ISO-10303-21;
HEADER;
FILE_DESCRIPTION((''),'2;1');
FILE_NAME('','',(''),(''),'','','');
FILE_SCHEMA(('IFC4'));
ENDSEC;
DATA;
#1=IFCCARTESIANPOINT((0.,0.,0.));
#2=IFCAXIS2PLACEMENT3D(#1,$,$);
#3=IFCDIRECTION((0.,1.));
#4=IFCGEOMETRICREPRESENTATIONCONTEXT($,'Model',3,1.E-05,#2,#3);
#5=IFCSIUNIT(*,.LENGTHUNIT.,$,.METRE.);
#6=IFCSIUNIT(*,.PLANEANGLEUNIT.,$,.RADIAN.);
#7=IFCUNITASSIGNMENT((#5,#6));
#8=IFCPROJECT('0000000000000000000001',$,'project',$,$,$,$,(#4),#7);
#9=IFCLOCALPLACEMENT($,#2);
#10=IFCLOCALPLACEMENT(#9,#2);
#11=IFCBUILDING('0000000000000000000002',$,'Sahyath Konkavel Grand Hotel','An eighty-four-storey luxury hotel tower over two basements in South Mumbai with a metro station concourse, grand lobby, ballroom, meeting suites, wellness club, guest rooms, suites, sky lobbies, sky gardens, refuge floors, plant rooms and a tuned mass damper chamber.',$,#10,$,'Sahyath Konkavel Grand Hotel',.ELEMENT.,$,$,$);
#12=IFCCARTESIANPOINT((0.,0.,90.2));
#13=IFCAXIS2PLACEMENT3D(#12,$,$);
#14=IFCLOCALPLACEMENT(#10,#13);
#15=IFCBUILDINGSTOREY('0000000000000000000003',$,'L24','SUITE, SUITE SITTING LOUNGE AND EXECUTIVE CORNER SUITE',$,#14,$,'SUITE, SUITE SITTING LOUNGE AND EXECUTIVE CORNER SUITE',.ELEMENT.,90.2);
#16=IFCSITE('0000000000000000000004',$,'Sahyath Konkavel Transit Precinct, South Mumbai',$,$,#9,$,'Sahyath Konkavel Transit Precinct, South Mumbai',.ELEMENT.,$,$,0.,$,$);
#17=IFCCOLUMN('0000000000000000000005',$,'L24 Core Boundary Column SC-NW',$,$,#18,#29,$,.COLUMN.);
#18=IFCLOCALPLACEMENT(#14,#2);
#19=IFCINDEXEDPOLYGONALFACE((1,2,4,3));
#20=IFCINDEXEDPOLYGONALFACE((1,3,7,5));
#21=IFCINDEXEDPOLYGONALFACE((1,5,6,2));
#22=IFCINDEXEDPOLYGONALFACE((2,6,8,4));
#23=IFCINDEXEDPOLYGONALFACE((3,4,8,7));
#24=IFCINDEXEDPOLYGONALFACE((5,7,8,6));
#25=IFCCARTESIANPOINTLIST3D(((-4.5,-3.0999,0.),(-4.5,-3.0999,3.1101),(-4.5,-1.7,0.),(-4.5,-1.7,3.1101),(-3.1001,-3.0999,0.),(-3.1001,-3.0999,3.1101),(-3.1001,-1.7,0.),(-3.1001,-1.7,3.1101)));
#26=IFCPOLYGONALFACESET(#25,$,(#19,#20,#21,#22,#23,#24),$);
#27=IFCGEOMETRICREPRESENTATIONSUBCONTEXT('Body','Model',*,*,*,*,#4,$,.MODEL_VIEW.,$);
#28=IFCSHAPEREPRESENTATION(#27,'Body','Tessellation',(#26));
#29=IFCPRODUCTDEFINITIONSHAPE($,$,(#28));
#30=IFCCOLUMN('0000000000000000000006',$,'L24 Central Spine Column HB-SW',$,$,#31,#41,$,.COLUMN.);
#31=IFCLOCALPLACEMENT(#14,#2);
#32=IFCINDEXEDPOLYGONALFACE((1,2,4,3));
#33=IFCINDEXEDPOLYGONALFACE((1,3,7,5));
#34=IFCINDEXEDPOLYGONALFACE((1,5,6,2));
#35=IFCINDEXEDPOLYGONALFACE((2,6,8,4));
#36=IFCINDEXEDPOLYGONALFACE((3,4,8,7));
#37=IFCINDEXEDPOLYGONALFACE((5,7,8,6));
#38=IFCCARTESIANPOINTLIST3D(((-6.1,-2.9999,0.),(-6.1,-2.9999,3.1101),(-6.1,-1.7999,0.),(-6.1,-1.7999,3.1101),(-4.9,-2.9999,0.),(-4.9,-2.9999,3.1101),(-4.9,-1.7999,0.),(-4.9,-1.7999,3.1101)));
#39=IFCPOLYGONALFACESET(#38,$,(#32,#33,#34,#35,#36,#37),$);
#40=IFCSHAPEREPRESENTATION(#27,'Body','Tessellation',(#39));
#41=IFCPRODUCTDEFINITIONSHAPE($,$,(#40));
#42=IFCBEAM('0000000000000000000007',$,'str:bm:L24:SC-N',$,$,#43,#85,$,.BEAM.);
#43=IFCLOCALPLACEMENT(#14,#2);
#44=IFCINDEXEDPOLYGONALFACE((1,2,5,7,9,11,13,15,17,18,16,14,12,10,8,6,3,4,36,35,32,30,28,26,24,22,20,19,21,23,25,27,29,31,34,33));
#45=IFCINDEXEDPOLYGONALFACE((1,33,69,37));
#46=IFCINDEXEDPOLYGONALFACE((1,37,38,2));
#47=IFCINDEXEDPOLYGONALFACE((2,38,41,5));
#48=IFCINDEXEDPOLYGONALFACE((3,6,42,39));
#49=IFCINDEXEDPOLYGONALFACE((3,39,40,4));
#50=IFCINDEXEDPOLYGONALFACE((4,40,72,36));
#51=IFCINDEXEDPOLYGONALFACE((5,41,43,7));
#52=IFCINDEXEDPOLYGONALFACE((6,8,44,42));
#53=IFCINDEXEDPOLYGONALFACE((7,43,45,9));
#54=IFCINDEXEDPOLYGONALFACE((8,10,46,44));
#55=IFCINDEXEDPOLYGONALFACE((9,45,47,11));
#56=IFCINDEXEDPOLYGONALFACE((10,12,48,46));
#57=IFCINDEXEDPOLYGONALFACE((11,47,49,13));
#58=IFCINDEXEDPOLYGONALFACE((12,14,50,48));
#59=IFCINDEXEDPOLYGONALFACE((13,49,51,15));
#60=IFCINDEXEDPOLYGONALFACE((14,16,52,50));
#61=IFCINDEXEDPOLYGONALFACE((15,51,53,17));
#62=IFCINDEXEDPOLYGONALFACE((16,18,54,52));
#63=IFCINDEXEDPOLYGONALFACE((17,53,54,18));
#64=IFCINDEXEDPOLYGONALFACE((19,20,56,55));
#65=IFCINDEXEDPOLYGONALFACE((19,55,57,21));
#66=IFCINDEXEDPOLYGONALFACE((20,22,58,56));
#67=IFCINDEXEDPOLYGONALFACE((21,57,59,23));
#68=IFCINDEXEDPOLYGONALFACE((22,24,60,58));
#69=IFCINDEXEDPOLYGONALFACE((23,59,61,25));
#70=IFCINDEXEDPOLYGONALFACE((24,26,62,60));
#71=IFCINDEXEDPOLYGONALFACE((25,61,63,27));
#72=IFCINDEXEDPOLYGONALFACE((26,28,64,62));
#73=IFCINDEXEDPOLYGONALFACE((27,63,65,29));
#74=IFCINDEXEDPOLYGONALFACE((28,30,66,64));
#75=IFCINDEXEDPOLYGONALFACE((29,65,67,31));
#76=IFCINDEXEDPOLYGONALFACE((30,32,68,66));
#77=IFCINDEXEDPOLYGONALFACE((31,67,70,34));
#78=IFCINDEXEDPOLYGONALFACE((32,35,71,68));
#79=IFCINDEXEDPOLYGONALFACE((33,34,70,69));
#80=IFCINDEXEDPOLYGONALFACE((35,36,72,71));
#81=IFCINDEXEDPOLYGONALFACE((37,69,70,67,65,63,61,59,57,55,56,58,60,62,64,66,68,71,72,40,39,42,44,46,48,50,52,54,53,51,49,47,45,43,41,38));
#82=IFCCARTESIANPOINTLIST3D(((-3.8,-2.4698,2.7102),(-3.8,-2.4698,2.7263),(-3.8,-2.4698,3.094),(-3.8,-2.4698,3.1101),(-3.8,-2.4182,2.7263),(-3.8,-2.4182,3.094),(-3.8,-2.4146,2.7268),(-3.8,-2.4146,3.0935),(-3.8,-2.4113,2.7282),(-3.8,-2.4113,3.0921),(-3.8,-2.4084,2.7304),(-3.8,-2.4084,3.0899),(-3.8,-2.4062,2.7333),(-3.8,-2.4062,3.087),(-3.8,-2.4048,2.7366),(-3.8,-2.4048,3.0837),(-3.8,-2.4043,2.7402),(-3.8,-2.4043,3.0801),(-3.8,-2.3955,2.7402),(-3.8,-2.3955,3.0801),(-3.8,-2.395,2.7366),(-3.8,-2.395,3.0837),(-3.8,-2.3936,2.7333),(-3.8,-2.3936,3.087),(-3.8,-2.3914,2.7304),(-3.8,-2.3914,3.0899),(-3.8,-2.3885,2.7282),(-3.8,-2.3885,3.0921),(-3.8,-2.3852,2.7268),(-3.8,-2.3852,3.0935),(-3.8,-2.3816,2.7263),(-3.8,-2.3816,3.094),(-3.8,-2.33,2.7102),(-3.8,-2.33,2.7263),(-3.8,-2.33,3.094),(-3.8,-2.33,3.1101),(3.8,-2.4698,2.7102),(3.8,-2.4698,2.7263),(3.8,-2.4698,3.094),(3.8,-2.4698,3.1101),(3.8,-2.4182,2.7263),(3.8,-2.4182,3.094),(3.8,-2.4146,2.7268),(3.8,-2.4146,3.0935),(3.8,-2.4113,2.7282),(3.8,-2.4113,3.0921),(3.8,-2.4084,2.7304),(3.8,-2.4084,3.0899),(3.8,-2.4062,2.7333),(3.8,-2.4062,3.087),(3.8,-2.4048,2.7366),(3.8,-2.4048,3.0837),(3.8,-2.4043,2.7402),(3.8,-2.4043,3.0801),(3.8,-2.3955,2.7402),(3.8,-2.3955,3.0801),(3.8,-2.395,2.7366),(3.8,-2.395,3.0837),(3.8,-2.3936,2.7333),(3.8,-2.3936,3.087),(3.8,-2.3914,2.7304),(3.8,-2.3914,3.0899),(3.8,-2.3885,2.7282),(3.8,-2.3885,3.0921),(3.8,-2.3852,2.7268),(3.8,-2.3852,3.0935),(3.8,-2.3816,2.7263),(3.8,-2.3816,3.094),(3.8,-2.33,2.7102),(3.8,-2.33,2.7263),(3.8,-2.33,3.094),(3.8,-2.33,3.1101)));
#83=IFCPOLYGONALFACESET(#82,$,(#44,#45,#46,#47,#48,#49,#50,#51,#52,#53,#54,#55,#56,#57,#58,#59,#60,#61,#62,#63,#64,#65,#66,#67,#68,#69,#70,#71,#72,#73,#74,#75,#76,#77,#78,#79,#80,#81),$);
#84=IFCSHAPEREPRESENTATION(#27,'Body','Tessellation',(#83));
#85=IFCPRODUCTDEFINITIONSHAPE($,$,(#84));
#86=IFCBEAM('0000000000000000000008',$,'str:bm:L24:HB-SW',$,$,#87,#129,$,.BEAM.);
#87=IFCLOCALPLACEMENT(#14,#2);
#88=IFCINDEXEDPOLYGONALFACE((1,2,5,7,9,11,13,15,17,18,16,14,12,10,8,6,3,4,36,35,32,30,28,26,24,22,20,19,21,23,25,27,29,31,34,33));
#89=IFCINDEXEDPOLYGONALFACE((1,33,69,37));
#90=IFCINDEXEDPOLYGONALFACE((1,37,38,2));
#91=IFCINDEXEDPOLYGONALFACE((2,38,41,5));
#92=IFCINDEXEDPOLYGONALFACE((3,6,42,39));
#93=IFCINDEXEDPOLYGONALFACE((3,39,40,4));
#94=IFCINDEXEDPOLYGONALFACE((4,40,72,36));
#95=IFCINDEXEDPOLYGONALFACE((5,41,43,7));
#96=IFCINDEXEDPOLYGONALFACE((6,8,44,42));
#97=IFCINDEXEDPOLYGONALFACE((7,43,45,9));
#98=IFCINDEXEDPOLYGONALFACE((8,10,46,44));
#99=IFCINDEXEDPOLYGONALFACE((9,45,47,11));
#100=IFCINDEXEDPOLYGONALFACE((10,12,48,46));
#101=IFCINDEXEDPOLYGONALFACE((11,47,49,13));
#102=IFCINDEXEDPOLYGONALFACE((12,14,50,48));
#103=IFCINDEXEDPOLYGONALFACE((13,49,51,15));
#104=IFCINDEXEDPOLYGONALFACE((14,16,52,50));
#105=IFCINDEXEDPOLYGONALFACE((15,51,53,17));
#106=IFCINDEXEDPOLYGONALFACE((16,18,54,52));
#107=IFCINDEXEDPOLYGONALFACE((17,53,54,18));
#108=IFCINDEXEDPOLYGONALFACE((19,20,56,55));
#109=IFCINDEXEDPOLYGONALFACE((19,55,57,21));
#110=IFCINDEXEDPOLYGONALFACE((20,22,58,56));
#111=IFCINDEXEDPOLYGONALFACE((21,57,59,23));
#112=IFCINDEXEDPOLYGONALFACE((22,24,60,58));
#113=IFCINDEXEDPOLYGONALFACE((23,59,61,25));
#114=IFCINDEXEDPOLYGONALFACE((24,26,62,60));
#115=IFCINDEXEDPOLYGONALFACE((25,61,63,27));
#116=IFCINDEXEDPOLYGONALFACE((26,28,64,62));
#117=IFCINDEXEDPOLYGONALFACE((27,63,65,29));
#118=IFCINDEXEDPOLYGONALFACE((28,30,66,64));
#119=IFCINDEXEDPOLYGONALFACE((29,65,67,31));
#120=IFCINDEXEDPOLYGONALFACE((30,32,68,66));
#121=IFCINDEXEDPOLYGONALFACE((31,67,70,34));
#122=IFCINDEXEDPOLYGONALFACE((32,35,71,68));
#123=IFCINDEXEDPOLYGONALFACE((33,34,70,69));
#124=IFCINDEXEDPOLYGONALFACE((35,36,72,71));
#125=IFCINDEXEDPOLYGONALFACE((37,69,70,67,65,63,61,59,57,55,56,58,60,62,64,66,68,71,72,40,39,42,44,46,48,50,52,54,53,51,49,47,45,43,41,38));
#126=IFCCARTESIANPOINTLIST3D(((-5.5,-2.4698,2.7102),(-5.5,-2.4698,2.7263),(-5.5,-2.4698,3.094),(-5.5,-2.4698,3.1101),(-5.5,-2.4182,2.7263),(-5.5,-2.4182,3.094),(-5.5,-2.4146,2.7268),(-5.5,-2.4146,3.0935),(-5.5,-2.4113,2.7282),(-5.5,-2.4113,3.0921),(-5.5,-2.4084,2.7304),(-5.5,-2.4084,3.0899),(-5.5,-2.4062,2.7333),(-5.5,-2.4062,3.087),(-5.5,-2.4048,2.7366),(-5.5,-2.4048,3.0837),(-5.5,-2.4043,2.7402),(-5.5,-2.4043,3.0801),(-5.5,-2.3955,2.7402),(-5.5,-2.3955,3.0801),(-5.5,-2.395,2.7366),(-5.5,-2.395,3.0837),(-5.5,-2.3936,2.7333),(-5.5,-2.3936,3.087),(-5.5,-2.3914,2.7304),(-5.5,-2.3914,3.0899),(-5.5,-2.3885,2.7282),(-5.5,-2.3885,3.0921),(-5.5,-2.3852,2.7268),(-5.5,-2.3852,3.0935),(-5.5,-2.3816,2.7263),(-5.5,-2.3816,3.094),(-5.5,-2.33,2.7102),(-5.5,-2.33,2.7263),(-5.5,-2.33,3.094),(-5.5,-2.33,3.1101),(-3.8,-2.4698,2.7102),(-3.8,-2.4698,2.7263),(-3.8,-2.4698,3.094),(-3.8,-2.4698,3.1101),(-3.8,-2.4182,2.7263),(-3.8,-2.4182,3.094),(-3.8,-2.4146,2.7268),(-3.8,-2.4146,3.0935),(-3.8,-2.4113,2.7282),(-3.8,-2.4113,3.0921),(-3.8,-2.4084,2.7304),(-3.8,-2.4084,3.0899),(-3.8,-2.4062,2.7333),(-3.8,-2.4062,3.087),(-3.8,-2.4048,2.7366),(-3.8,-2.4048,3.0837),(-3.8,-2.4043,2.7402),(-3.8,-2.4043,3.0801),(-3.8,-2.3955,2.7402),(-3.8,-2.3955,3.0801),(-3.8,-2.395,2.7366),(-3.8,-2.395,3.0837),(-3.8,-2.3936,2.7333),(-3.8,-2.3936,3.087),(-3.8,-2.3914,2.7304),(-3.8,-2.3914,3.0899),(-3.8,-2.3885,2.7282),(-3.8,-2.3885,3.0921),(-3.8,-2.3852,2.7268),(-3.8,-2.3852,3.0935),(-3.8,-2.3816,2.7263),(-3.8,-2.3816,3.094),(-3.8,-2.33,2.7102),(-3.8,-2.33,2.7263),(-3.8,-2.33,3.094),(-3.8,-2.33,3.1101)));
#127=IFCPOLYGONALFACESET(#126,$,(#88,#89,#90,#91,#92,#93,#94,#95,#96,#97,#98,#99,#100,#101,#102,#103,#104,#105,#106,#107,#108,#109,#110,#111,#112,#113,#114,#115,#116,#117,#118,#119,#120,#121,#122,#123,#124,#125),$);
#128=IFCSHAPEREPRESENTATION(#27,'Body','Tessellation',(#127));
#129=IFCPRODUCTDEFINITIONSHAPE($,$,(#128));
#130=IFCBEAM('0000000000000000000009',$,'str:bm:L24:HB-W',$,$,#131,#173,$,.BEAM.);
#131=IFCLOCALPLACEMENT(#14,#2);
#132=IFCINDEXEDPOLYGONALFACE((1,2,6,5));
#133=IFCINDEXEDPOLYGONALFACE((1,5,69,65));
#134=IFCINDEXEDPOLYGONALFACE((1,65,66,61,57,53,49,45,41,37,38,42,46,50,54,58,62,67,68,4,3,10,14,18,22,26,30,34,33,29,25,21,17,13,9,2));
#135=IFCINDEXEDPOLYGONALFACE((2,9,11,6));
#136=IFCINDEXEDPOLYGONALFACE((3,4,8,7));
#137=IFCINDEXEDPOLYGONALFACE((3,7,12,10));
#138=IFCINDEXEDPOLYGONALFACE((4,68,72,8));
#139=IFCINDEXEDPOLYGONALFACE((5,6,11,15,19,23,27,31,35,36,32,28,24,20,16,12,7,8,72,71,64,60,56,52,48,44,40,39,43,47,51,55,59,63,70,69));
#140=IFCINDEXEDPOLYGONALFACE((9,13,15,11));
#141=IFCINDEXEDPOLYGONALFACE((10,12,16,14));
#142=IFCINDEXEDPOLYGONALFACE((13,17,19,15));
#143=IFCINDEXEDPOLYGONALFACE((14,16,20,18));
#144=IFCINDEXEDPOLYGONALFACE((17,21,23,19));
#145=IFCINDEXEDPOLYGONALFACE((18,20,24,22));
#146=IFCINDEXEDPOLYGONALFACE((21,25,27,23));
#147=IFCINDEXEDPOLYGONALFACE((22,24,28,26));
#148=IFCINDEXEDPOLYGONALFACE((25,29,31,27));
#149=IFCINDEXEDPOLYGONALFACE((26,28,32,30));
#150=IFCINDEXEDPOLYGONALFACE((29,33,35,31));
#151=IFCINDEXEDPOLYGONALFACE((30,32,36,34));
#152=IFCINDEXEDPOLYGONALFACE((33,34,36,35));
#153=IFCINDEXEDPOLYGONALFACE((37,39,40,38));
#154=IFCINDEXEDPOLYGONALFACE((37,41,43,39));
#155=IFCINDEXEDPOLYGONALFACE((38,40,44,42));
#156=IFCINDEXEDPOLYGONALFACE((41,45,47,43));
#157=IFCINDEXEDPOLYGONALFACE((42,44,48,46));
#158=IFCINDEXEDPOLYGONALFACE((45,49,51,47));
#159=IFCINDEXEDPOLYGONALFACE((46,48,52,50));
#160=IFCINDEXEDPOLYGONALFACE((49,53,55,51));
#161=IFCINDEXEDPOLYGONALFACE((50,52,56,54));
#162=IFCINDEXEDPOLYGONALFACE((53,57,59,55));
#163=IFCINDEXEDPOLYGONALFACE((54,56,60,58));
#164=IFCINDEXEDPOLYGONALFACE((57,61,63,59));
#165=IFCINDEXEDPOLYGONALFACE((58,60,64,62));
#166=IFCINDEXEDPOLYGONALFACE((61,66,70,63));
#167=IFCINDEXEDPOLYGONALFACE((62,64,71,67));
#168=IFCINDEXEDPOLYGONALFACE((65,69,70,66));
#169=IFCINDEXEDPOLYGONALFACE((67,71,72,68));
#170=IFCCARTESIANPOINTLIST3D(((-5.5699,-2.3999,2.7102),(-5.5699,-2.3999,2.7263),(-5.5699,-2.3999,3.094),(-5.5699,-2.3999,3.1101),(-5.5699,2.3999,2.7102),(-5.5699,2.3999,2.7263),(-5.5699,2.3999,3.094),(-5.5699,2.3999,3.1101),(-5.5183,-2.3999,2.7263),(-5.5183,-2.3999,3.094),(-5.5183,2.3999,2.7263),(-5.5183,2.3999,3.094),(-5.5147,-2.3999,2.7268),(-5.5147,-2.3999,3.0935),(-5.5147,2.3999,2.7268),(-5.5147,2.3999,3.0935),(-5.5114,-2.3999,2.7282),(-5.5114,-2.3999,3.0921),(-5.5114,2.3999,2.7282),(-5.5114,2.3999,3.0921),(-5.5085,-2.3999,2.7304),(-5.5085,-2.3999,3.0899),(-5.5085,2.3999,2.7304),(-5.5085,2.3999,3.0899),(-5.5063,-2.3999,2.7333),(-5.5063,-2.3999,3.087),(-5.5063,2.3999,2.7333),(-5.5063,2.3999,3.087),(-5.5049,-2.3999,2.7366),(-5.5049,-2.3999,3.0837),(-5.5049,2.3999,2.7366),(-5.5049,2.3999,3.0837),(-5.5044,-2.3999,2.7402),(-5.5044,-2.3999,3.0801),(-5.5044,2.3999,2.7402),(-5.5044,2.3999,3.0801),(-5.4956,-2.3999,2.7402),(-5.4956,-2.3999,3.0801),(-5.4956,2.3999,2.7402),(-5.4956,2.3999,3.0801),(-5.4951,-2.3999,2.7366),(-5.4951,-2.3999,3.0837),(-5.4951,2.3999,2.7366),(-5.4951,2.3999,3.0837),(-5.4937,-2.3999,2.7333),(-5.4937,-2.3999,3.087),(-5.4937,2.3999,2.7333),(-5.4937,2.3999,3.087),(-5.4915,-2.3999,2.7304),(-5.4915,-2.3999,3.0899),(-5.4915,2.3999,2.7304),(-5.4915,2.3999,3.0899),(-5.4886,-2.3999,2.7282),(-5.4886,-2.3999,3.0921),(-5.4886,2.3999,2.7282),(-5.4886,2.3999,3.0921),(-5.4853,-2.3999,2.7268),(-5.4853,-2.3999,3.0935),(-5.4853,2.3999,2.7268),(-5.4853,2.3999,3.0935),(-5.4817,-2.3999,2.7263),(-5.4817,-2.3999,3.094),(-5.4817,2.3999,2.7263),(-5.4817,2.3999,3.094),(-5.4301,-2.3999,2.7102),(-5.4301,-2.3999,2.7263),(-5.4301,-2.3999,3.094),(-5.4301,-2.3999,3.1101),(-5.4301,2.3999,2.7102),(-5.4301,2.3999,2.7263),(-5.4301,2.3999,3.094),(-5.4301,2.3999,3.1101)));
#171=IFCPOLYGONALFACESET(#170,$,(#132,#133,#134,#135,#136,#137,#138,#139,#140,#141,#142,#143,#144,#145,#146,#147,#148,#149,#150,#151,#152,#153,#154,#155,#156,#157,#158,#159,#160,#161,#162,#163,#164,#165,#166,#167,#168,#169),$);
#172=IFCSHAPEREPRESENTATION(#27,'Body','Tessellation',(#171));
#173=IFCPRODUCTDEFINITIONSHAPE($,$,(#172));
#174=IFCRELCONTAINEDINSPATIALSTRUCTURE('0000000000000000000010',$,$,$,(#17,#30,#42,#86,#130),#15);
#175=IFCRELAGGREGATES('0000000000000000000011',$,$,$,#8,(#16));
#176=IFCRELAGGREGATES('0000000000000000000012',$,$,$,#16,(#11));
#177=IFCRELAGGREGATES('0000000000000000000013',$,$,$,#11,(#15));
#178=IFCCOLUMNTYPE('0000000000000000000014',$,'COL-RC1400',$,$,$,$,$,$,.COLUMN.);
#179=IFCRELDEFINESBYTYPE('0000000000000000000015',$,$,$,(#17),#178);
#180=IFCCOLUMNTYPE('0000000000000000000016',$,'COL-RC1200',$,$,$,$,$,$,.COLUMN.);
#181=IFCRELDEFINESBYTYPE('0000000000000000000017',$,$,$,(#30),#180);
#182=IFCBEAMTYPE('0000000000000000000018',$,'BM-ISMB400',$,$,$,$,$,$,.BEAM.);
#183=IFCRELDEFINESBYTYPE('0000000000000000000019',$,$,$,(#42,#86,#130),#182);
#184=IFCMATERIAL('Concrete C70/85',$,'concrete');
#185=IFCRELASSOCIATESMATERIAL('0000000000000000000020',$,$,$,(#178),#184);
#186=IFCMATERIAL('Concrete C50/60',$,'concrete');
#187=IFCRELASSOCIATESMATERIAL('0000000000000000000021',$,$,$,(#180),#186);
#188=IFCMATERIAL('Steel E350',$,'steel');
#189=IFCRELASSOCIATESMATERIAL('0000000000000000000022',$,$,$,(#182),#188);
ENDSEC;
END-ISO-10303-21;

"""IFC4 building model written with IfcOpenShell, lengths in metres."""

from ifc_helpers import new_model, si_unit, direction, frame, origin, origin_2d, place, context, subcontext, project, spatial, rectangle, i_section, extrude, source, transform, mapped, material, material_profile, profile_set, type_object, element, save


model = new_model("IFC4")

# Units and contexts
model_context = context("Model", 3, precision=1e-05, world=origin(), true_north=direction((0.0, 1.0)))
body_context = subcontext(model_context, "Body", "Model", "MODEL_VIEW")
ifc_project = project(units=[si_unit("LENGTHUNIT", "METRE"), si_unit("PLANEANGLEUNIT", "RADIAN")], contexts=[model_context])

# Site, building, storey
site_placement = place(None, origin())
site = spatial("IfcSite", under=ifc_project, at=site_placement, Name="Sahyath Konkavel Transit Precinct, South Mumbai", LongName="Sahyath Konkavel Transit Precinct, South Mumbai", CompositionType="ELEMENT", RefElevation=0.0)
building_placement = place(site_placement, origin())
building = spatial("IfcBuilding", under=site, at=building_placement, Name="Sahyath Konkavel Grand Hotel", Description="An eighty-four-storey luxury hotel tower over two basements in South Mumbai with a metro station concourse, grand lobby, ballroom, meeting suites, wellness club, guest rooms, suites, sky lobbies, sky gardens, refuge floors, plant rooms and a tuned mass damper chamber.", LongName="Sahyath Konkavel Grand Hotel", CompositionType="ELEMENT")
storey_placement = place(building_placement, frame((0.0, 0.0, 90.2)))
storey = spatial("IfcBuildingStorey", under=building, at=storey_placement, Name="L24", Description="SUITE, SUITE SITTING LOUNGE AND EXECUTIVE CORNER SUITE", LongName="SUITE, SUITE SITTING LOUNGE AND EXECUTIVE CORNER SUITE", CompositionType="ELEMENT", Elevation=90.2)

# Columns
ifc_material_1 = material(Name="Concrete C70/85", Category="concrete")
ifc_material_profile_1 = material_profile(ifc_material_1, rectangle(XDim=1.3999, YDim=1.3999, at=origin_2d()), Name="RC 1400x1400")
ifc_profile_set_1 = profile_set([ifc_material_profile_1], Name="Concrete C70/85")
column_type_1 = type_object("IfcColumnType", Name="COL-RC1400", PredefinedType="COLUMN", material=ifc_profile_set_1)
shared_shape_1 = source(origin(), body_context, "Body", "SweptSolid", [
    extrude(rectangle(XDim=1.3999, YDim=1.3999, at=origin_2d()), origin(), (0.0, 0.0, 1.0), 3.1101),
])
column_1_placement = place(storey_placement, frame((-3.8, -2.3999, 0.0), z_axis=(0.0, 0.0, 1.0), x_axis=(1.0, 0.0, 0.0)))
element("IfcColumn", 1, at=column_1_placement, inside=storey, type_object=column_type_1, Name="L24 Core Boundary Column SC-NW", PredefinedType="COLUMN", context=body_context, shape_type="MappedRepresentation", body=[
    mapped(shared_shape_1, transform((0.0, 0.0, 0.0), scale=1.0)),
])
ifc_material_2 = material(Name="Concrete C50/60", Category="concrete")
ifc_material_profile_2 = material_profile(ifc_material_2, rectangle(XDim=1.2, YDim=1.2, at=origin_2d()), Name="RC 1200x1200")
ifc_profile_set_2 = profile_set([ifc_material_profile_2], Name="Concrete C50/60")
column_type_2 = type_object("IfcColumnType", Name="COL-RC1200", PredefinedType="COLUMN", material=ifc_profile_set_2)
shared_shape_2 = source(origin(), body_context, "Body", "SweptSolid", [
    extrude(rectangle(XDim=1.2, YDim=1.2, at=origin_2d()), origin(), (0.0, 0.0, 1.0), 3.1101),
])
column_2_placement = place(storey_placement, frame((-5.5, -2.3999, 0.0), z_axis=(0.0, 0.0, 1.0), x_axis=(1.0, 0.0, 0.0)))
element("IfcColumn", 2, at=column_2_placement, inside=storey, type_object=column_type_2, Name="L24 Central Spine Column HB-SW", PredefinedType="COLUMN", context=body_context, shape_type="MappedRepresentation", body=[
    mapped(shared_shape_2, transform((0.0, 0.0, 0.0), scale=1.0)),
])

# Beams
ifc_material_3 = material(Name="Steel E350", Category="steel")
ifc_material_profile_3 = material_profile(ifc_material_3, i_section(OverallWidth=0.1399, OverallDepth=0.3999, WebThickness=0.0088, FlangeThickness=0.0161, FilletRadius=0.0139, at=origin_2d()), Name="ISMB 400")
ifc_profile_set_3 = profile_set([ifc_material_profile_3], Name="Steel E350")
beam_type_1 = type_object("IfcBeamType", Name="BM-ISMB400", PredefinedType="BEAM", material=ifc_profile_set_3)
shared_shape_3 = source(origin(), body_context, "Body", "SweptSolid", [
    extrude(i_section(OverallWidth=0.1399, OverallDepth=0.3999, WebThickness=0.0088, FlangeThickness=0.0161, FilletRadius=0.0139, at=origin_2d()), origin(), (0.0, 0.0, 1.0), 7.6001),
])
beam_1_placement = place(storey_placement, frame((-3.8, -2.3999, 2.9102), z_axis=(1.0, 0.0, 0.0), x_axis=(0.0, 1.0, 0.0)))
element("IfcBeam", 3, at=beam_1_placement, inside=storey, type_object=beam_type_1, Name="str:bm:L24:SC-N", PredefinedType="BEAM", context=body_context, shape_type="MappedRepresentation", body=[
    mapped(shared_shape_3, transform((0.0, 0.0, 0.0), scale=1.0)),
])
shared_shape_4 = source(origin(), body_context, "Body", "SweptSolid", [
    extrude(i_section(OverallWidth=0.1399, OverallDepth=0.3999, WebThickness=0.0088, FlangeThickness=0.0161, FilletRadius=0.0139, at=origin_2d()), origin(), (0.0, 0.0, 1.0), 1.7),
])
beam_2_placement = place(storey_placement, frame((-5.5, -2.3999, 2.9102), z_axis=(1.0, 0.0, 0.0), x_axis=(0.0, 1.0, 0.0)))
element("IfcBeam", 4, at=beam_2_placement, inside=storey, type_object=beam_type_1, Name="str:bm:L24:HB-SW", PredefinedType="BEAM", context=body_context, shape_type="MappedRepresentation", body=[
    mapped(shared_shape_4, transform((0.0, 0.0, 0.0), scale=1.0)),
])
shared_shape_5 = source(origin(), body_context, "Body", "SweptSolid", [
    extrude(i_section(OverallWidth=0.1399, OverallDepth=0.3999, WebThickness=0.0088, FlangeThickness=0.0161, FilletRadius=0.0139, at=origin_2d()), origin(), (0.0, 0.0, 1.0), 4.7998),
])
beam_3_placement = place(storey_placement, frame((-5.5, -2.3999, 2.9102), z_axis=(0.0, 1.0, 0.0), x_axis=(-1.0, 0.0, 0.0)))
element("IfcBeam", 5, at=beam_3_placement, inside=storey, type_object=beam_type_1, Name="str:bm:L24:HB-W", PredefinedType="BEAM", context=body_context, shape_type="MappedRepresentation", body=[
    mapped(shared_shape_5, transform((0.0, 0.0, 0.0), scale=1.0)),
])

save(model, "model.ifc")
